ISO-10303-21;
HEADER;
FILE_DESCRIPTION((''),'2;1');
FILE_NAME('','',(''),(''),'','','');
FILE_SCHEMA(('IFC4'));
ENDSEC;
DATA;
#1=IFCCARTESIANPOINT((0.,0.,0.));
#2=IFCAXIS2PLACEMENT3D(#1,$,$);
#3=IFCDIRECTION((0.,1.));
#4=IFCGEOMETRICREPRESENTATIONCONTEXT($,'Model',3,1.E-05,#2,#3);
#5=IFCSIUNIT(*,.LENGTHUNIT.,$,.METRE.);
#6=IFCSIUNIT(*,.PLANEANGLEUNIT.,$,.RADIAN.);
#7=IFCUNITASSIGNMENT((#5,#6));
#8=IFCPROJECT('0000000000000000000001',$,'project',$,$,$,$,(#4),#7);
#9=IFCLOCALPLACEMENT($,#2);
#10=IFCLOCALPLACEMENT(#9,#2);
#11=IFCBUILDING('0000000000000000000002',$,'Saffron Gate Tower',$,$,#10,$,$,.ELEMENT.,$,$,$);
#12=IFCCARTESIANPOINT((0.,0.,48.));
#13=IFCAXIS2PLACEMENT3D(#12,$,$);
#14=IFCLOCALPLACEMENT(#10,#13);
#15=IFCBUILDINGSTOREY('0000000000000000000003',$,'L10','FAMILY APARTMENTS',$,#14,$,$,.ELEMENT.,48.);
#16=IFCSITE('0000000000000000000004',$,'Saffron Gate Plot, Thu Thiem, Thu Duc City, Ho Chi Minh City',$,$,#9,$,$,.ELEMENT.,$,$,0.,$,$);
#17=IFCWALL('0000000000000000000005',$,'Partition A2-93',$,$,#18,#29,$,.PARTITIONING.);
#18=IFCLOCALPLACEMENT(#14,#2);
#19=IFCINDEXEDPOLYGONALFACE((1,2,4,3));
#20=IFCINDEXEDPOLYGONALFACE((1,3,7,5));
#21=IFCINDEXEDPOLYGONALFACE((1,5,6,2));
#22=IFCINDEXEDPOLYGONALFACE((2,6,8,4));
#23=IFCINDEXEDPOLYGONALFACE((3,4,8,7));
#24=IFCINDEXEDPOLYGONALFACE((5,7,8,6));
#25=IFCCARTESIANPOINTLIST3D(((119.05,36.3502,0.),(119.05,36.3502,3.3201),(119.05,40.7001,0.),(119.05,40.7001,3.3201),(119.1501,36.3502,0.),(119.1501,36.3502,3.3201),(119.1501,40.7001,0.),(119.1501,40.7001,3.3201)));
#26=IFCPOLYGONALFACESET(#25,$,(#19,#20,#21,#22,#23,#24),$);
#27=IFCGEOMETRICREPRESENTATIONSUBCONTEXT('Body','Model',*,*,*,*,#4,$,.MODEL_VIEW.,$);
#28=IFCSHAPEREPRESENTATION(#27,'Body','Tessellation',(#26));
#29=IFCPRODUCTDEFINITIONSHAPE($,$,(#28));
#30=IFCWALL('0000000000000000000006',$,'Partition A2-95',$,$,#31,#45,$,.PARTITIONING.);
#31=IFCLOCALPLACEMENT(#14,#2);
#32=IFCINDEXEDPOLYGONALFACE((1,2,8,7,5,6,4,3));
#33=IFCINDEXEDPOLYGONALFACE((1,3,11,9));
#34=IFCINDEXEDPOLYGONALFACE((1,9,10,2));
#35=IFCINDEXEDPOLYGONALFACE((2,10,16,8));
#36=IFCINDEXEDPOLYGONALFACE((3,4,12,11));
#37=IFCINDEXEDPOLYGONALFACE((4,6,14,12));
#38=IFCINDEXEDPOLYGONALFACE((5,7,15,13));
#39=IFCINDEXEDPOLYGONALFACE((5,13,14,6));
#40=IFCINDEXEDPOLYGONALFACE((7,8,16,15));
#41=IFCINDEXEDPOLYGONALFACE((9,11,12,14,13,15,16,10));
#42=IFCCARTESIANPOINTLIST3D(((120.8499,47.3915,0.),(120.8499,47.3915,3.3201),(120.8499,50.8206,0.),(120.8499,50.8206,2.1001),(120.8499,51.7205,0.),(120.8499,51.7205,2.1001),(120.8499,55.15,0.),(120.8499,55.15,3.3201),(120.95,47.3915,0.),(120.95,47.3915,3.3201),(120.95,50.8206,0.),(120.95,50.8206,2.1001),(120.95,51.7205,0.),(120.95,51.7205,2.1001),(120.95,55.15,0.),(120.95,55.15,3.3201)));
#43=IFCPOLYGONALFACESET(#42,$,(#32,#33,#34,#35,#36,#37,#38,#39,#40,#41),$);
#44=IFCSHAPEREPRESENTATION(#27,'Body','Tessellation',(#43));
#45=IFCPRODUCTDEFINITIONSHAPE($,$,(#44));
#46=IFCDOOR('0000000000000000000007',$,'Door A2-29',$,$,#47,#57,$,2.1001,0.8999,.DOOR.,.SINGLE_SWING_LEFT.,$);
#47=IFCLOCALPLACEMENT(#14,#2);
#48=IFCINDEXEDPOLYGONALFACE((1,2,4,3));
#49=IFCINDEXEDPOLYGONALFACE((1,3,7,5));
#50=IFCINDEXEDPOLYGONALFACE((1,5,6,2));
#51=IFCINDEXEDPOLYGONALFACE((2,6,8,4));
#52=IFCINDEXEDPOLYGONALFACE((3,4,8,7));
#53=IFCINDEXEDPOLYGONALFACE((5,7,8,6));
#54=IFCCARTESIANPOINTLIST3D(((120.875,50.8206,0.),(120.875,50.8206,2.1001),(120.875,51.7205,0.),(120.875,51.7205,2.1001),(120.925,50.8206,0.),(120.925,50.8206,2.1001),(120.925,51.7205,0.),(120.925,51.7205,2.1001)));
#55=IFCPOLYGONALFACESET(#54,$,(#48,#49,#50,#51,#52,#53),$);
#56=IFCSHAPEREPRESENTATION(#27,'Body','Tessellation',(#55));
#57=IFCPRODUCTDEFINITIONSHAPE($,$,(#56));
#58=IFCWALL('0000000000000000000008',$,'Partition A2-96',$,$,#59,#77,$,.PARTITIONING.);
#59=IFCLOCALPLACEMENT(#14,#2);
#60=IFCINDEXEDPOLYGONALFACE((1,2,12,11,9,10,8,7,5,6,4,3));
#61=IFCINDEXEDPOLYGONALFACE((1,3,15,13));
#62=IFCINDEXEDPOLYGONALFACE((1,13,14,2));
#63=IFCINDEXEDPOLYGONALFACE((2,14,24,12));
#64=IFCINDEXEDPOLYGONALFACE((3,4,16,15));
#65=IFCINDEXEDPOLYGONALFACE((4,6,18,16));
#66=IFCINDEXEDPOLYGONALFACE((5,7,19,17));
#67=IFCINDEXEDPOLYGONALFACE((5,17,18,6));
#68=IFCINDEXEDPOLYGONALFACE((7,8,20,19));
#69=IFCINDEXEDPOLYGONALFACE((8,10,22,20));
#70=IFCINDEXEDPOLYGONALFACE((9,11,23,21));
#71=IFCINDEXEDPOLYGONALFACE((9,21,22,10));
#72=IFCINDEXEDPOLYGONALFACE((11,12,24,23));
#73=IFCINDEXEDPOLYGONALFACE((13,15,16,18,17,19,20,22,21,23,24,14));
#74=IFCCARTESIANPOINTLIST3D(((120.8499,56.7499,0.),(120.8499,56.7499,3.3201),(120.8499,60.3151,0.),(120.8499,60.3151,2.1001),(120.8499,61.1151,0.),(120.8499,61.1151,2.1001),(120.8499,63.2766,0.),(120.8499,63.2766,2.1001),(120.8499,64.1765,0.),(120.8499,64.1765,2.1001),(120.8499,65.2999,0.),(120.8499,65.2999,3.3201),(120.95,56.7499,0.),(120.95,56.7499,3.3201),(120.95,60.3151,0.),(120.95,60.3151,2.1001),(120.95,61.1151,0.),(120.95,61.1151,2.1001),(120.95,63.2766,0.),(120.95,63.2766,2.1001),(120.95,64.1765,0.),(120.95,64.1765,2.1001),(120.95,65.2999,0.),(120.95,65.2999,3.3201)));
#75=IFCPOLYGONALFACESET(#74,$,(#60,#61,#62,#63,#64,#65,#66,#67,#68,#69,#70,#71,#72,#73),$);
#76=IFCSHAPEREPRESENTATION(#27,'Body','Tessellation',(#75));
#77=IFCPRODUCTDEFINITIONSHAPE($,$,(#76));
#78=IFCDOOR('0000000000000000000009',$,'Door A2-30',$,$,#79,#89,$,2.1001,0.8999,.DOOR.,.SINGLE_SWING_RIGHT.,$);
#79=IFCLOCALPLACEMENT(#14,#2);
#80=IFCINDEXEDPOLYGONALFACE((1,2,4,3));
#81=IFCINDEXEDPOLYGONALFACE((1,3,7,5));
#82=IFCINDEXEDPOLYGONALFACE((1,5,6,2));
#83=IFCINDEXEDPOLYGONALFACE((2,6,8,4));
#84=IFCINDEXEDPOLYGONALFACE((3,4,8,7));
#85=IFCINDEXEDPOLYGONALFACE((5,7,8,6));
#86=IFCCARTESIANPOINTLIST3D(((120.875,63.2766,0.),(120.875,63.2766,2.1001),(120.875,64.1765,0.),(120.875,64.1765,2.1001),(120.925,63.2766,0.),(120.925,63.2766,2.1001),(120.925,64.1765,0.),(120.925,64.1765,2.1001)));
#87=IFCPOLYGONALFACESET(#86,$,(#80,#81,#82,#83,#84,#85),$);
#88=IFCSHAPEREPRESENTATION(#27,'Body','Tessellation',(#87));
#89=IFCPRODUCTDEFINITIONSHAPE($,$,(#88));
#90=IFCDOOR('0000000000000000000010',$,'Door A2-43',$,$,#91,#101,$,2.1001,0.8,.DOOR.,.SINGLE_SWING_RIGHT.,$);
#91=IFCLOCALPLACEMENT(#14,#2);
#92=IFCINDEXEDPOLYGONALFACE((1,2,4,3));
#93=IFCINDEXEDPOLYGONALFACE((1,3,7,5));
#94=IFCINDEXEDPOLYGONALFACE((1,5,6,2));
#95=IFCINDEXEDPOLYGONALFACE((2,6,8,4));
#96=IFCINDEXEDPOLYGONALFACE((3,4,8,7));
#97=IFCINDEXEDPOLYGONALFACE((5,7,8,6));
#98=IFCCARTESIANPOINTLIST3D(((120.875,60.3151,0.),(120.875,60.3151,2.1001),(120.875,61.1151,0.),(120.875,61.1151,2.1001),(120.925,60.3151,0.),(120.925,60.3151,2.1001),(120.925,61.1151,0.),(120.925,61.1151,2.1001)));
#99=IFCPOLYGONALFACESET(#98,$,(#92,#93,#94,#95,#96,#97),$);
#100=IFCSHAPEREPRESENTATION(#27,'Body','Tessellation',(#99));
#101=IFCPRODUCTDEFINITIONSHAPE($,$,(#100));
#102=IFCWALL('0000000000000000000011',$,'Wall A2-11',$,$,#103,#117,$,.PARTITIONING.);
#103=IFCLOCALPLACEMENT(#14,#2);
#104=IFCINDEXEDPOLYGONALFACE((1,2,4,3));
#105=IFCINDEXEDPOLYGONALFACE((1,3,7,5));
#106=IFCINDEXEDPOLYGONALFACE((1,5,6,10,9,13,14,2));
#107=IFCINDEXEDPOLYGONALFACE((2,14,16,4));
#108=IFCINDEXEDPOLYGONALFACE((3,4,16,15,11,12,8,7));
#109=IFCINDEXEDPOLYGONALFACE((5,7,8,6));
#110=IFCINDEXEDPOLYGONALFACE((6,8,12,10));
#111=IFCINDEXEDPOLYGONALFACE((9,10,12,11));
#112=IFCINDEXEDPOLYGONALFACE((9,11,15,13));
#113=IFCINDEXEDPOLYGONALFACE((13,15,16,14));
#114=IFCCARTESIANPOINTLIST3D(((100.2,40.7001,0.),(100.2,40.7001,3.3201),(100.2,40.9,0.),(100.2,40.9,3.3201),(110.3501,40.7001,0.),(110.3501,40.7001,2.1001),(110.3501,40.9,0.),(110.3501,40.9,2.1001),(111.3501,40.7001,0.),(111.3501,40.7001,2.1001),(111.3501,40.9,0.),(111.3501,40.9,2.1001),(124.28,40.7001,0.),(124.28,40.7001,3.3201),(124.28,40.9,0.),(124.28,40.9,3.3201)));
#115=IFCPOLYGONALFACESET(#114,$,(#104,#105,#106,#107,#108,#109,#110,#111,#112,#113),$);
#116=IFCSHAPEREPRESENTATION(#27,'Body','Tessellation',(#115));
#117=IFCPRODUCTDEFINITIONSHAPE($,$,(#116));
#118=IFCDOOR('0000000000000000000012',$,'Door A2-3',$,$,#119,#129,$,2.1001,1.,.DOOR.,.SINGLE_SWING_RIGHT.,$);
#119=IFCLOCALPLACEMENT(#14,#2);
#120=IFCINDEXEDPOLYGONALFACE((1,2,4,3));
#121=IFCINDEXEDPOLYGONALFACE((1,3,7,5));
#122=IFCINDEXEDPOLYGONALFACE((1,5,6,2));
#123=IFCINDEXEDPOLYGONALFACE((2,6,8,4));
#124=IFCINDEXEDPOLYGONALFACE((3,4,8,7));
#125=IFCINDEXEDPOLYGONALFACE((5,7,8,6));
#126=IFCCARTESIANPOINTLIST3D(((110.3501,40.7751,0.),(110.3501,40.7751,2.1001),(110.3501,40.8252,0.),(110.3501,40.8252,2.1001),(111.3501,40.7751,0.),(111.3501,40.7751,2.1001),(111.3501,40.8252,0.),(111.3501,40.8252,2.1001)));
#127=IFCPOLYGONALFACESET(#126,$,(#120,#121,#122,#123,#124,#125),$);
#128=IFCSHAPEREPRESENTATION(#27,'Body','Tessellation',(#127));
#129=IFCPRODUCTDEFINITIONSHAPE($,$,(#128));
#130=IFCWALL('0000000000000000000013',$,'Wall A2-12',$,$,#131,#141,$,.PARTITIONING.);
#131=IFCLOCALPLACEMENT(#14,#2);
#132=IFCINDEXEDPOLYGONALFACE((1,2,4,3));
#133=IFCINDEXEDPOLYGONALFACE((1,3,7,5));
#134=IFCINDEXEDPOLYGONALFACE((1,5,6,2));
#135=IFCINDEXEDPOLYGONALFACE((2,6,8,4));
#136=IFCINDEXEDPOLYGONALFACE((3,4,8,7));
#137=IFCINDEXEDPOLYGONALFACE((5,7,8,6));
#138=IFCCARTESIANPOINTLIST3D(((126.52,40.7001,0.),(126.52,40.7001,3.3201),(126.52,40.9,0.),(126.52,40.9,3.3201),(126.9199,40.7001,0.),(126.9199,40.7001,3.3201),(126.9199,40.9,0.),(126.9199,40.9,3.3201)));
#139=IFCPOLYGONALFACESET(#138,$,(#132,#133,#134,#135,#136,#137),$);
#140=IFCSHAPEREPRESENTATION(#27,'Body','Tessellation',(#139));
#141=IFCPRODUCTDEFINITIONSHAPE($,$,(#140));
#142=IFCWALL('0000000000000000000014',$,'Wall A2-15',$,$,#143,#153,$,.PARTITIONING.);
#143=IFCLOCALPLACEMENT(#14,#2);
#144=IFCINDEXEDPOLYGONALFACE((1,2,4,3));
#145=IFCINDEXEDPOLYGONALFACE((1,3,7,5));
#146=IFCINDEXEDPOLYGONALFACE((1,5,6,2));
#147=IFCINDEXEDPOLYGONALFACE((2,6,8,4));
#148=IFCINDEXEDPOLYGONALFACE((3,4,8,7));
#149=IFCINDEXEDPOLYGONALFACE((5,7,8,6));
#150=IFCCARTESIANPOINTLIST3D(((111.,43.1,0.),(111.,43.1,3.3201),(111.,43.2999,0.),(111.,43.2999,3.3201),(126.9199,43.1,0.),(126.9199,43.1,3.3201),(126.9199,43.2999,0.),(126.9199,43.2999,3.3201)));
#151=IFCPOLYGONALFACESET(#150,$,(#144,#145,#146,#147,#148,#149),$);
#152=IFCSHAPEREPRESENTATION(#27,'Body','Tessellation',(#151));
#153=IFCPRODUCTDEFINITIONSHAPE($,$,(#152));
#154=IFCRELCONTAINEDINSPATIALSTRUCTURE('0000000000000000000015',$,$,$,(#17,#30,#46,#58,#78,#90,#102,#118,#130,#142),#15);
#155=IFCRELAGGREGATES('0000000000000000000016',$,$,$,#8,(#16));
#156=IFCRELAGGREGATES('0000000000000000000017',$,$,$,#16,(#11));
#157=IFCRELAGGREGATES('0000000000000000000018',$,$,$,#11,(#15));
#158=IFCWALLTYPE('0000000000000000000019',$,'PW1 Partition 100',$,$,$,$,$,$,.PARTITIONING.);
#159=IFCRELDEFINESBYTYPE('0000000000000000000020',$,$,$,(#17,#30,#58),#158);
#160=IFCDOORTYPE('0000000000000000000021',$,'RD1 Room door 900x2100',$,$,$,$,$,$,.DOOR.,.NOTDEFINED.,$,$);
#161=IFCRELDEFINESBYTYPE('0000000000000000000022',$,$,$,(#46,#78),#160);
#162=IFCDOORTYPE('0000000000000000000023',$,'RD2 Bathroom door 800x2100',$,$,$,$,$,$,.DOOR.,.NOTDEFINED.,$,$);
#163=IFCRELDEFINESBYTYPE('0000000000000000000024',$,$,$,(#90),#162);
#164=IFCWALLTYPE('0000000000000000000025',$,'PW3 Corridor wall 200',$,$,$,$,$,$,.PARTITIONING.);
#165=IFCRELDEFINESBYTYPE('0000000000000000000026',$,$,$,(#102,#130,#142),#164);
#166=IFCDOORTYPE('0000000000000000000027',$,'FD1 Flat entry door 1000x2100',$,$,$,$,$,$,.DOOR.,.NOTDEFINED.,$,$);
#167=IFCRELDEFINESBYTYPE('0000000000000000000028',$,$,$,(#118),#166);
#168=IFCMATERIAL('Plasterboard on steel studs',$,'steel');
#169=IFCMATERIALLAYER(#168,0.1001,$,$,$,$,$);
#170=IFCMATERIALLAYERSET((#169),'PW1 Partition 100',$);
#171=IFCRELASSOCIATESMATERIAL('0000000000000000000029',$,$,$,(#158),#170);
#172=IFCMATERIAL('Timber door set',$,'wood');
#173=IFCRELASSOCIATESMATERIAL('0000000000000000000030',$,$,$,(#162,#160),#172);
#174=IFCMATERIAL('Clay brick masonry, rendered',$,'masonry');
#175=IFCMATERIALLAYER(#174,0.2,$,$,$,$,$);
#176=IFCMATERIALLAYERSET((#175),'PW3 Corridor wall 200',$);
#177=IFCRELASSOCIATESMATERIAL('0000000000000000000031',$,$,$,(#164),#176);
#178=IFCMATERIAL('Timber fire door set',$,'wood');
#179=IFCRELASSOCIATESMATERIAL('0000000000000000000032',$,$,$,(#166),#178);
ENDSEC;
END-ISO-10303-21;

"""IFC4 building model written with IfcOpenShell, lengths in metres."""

from ifc_helpers import new_model, si_unit, direction, frame, frame_2d, origin, place, context, subcontext, project, spatial, rectangle, extrude, material, layer, layer_set, type_object, element, fill, save


model = new_model("IFC4")

# Units and contexts
model_context = context("Model", 3, precision=1e-05, world=origin(), true_north=direction((0.0, 1.0)))
body_context = subcontext(model_context, "Body", "Model", "MODEL_VIEW")
ifc_project = project(units=[si_unit("LENGTHUNIT", "METRE"), si_unit("PLANEANGLEUNIT", "RADIAN")], contexts=[model_context])

# Site, building, storey
site_placement = place(None, origin())
site = spatial("IfcSite", under=ifc_project, at=site_placement, Name="Saffron Gate Plot, Thu Thiem, Thu Duc City, Ho Chi Minh City", CompositionType="ELEMENT", RefElevation=0.0)
building_placement = place(site_placement, origin())
building = spatial("IfcBuilding", under=site, at=building_placement, Name="Saffron Gate Tower", CompositionType="ELEMENT")
storey_placement = place(building_placement, frame((0.0, 0.0, 48.0)))
storey = spatial("IfcBuildingStorey", under=building, at=storey_placement, Name="L10", Description="FAMILY APARTMENTS", CompositionType="ELEMENT", Elevation=48.0)

# Shared definitions
ifc_material_1 = material(Name="Plasterboard on steel studs", Category="steel")
ifc_layer_1 = layer(ifc_material_1, 0.1001)
ifc_layer_set_1 = layer_set([ifc_layer_1], Name="PW1 Partition 100")
wall_type_1 = type_object("IfcWallType", Name="PW1 Partition 100", PredefinedType="PARTITIONING", material=ifc_layer_set_1)

# Shared definitions
ifc_material_2 = material(Name="Timber door set", Category="wood")
door_type_1 = type_object("IfcDoorType", Name="RD2 Bathroom door 800x2100", OperationType="NOTDEFINED", PredefinedType="DOOR", material=ifc_material_2)

# Wall
wall_1_placement = place(storey_placement, frame((119.1001, 40.7, 0.0), z_axis=(0.0, 0.0, 1.0), x_axis=(0.0, -1.0, 0.0)))
element("IfcWall", 1, at=wall_1_placement, inside=storey, type_object=wall_type_1, Name="Partition A2-93", PredefinedType="PARTITIONING", context=body_context, shape_type="SweptSolid", body=[
    extrude(rectangle(XDim=4.3499, YDim=0.1001, at=frame_2d((2.1748, 0.0))), origin(), (0.0, 0.0, 1.0), 3.3201),
])

# Wall, opening, door
wall_2_placement = place(storey_placement, frame((120.8999, 47.3914, 0.0), z_axis=(0.0, 0.0, 1.0), x_axis=(0.0, 1.0, 0.0)))
wall_2 = element("IfcWall", 2, at=wall_2_placement, inside=storey, type_object=wall_type_1, Name="Partition A2-95", PredefinedType="PARTITIONING", context=body_context, shape_type="SweptSolid", body=[
    extrude(rectangle(XDim=7.7585, YDim=0.1001, at=frame_2d((3.8794, 0.0))), origin(), (0.0, 0.0, 1.0), 3.3201),
])
opening_1_placement = place(wall_2_placement, frame((3.4292, 0.0, 0.0)))
opening_1 = element("IfcOpeningElement", 3, at=opening_1_placement, cuts=wall_2, PredefinedType="OPENING", context=body_context, shape_type="SweptSolid", body=[
    extrude(rectangle(XDim=0.8999, YDim=2.1001, at=frame_2d((0.45, 1.05))), frame((0.0, 0.0601, 0.0), z_axis=(0.0, -1.0, 0.0), x_axis=(1.0, 0.0, 0.0)), (0.0, 0.0, 1.0), 0.1201),
])
door_type_2 = type_object("IfcDoorType", Name="RD1 Room door 900x2100", OperationType="NOTDEFINED", PredefinedType="DOOR", material=ifc_material_2)
door_1_placement = place(opening_1_placement, origin())
door_1 = element("IfcDoor", 4, at=door_1_placement, inside=storey, type_object=door_type_2, Name="Door A2-29", OperationType="SINGLE_SWING_LEFT", OverallHeight=2.1001, OverallWidth=0.8999, PredefinedType="DOOR", context=body_context, shape_type="SweptSolid", body=[
    extrude(rectangle(XDim=0.8999, YDim=2.1001, at=frame_2d((0.45, 1.05))), frame((0.0, 0.0249, 0.0), z_axis=(0.0, -1.0, 0.0), x_axis=(1.0, 0.0, 0.0)), (0.0, 0.0, 1.0), 0.05),
])
fill(opening_1, door_1)

# Wall, openings, doors
wall_3_placement = place(storey_placement, frame((120.8999, 56.75, 0.0), z_axis=(0.0, 0.0, 1.0), x_axis=(0.0, 1.0, 0.0)))
wall_3 = element("IfcWall", 5, at=wall_3_placement, inside=storey, type_object=wall_type_1, Name="Partition A2-96", PredefinedType="PARTITIONING", context=body_context, shape_type="SweptSolid", body=[
    extrude(rectangle(XDim=8.55, YDim=0.1001, at=frame_2d((4.2749, 0.0))), origin(), (0.0, 0.0, 1.0), 3.3201),
])
opening_2_placement = place(wall_3_placement, frame((3.5652, 0.0, 0.0)))
opening_2 = element("IfcOpeningElement", 6, at=opening_2_placement, cuts=wall_3, PredefinedType="OPENING", context=body_context, shape_type="SweptSolid", body=[
    extrude(rectangle(XDim=0.8, YDim=2.1001, at=frame_2d((0.3999, 1.05))), frame((0.0, 0.0601, 0.0), z_axis=(0.0, -1.0, 0.0), x_axis=(1.0, 0.0, 0.0)), (0.0, 0.0, 1.0), 0.1201),
])
opening_3_placement = place(wall_3_placement, frame((6.5266, 0.0, 0.0)))
opening_3 = element("IfcOpeningElement", 7, at=opening_3_placement, cuts=wall_3, PredefinedType="OPENING", context=body_context, shape_type="SweptSolid", body=[
    extrude(rectangle(XDim=0.8999, YDim=2.1001, at=frame_2d((0.45, 1.05))), frame((0.0, 0.0601, 0.0), z_axis=(0.0, -1.0, 0.0), x_axis=(1.0, 0.0, 0.0)), (0.0, 0.0, 1.0), 0.1201),
])
door_2_placement = place(opening_3_placement, origin())
door_2 = element("IfcDoor", 8, at=door_2_placement, inside=storey, type_object=door_type_2, Name="Door A2-30", OperationType="SINGLE_SWING_RIGHT", OverallHeight=2.1001, OverallWidth=0.8999, PredefinedType="DOOR", context=body_context, shape_type="SweptSolid", body=[
    extrude(rectangle(XDim=0.8999, YDim=2.1001, at=frame_2d((0.45, 1.05))), frame((0.0, 0.0249, 0.0), z_axis=(0.0, -1.0, 0.0), x_axis=(1.0, 0.0, 0.0)), (0.0, 0.0, 1.0), 0.05),
])
fill(opening_3, door_2)
door_3_placement = place(opening_2_placement, origin())
door_3 = element("IfcDoor", 9, at=door_3_placement, inside=storey, type_object=door_type_1, Name="Door A2-43", OperationType="SINGLE_SWING_RIGHT", OverallHeight=2.1001, OverallWidth=0.8, PredefinedType="DOOR", context=body_context, shape_type="SweptSolid", body=[
    extrude(rectangle(XDim=0.8, YDim=2.1001, at=frame_2d((0.3999, 1.05))), frame((0.0, 0.0249, 0.0), z_axis=(0.0, -1.0, 0.0), x_axis=(1.0, 0.0, 0.0)), (0.0, 0.0, 1.0), 0.05),
])
fill(opening_2, door_3)

# Wall, opening, door
ifc_material_3 = material(Name="Clay brick masonry, rendered", Category="masonry")
ifc_layer_2 = layer(ifc_material_3, 0.2)
ifc_layer_set_2 = layer_set([ifc_layer_2], Name="PW3 Corridor wall 200")
wall_type_2 = type_object("IfcWallType", Name="PW3 Corridor wall 200", PredefinedType="PARTITIONING", material=ifc_layer_set_2)
wall_4_placement = place(storey_placement, frame((124.28, 40.8, 0.0), z_axis=(0.0, 0.0, 1.0), x_axis=(-1.0, 0.0, 0.0)))
wall_4 = element("IfcWall", 10, at=wall_4_placement, inside=storey, type_object=wall_type_2, Name="Wall A2-11", PredefinedType="PARTITIONING", context=body_context, shape_type="SweptSolid", body=[
    extrude(rectangle(XDim=24.0801, YDim=0.2, at=frame_2d((12.04, 0.0))), origin(), (0.0, 0.0, 1.0), 3.3201),
])
opening_4_placement = place(wall_4_placement, frame((12.9299, 0.0, 0.0)))
opening_4 = element("IfcOpeningElement", 11, at=opening_4_placement, cuts=wall_4, PredefinedType="OPENING", context=body_context, shape_type="SweptSolid", body=[
    extrude(rectangle(XDim=1.0, YDim=2.1001, at=frame_2d((0.5, 1.05))), frame((0.0, 0.1099, 0.0), z_axis=(0.0, -1.0, 0.0), x_axis=(1.0, 0.0, 0.0)), (0.0, 0.0, 1.0), 0.22),
])
ifc_material_4 = material(Name="Timber fire door set", Category="wood")
door_type_3 = type_object("IfcDoorType", Name="FD1 Flat entry door 1000x2100", OperationType="NOTDEFINED", PredefinedType="DOOR", material=ifc_material_4)
door_4_placement = place(opening_4_placement, origin())
door_4 = element("IfcDoor", 12, at=door_4_placement, inside=storey, type_object=door_type_3, Name="Door A2-3", OperationType="SINGLE_SWING_RIGHT", OverallHeight=2.1001, OverallWidth=1.0, PredefinedType="DOOR", context=body_context, shape_type="SweptSolid", body=[
    extrude(rectangle(XDim=1.0, YDim=2.1001, at=frame_2d((0.5, 1.05))), frame((0.0, 0.0249, 0.0), z_axis=(0.0, -1.0, 0.0), x_axis=(1.0, 0.0, 0.0)), (0.0, 0.0, 1.0), 0.05),
])
fill(opening_4, door_4)

# Walls
wall_5_placement = place(storey_placement, frame((126.52, 40.8, 0.0), z_axis=(0.0, 0.0, 1.0), x_axis=(1.0, 0.0, 0.0)))
element("IfcWall", 13, at=wall_5_placement, inside=storey, type_object=wall_type_2, Name="Wall A2-12", PredefinedType="PARTITIONING", context=body_context, shape_type="SweptSolid", body=[
    extrude(rectangle(XDim=0.3999, YDim=0.2, at=frame_2d((0.2, 0.0))), origin(), (0.0, 0.0, 1.0), 3.3201),
])
wall_6_placement = place(storey_placement, frame((111.0, 43.2, 0.0), z_axis=(0.0, 0.0, 1.0), x_axis=(1.0, 0.0, 0.0)))
element("IfcWall", 14, at=wall_6_placement, inside=storey, type_object=wall_type_2, Name="Wall A2-15", PredefinedType="PARTITIONING", context=body_context, shape_type="SweptSolid", body=[
    extrude(rectangle(XDim=15.9199, YDim=0.2, at=frame_2d((7.96, 0.0))), origin(), (0.0, 0.0, 1.0), 3.3201),
])

save(model, "model.ifc")
